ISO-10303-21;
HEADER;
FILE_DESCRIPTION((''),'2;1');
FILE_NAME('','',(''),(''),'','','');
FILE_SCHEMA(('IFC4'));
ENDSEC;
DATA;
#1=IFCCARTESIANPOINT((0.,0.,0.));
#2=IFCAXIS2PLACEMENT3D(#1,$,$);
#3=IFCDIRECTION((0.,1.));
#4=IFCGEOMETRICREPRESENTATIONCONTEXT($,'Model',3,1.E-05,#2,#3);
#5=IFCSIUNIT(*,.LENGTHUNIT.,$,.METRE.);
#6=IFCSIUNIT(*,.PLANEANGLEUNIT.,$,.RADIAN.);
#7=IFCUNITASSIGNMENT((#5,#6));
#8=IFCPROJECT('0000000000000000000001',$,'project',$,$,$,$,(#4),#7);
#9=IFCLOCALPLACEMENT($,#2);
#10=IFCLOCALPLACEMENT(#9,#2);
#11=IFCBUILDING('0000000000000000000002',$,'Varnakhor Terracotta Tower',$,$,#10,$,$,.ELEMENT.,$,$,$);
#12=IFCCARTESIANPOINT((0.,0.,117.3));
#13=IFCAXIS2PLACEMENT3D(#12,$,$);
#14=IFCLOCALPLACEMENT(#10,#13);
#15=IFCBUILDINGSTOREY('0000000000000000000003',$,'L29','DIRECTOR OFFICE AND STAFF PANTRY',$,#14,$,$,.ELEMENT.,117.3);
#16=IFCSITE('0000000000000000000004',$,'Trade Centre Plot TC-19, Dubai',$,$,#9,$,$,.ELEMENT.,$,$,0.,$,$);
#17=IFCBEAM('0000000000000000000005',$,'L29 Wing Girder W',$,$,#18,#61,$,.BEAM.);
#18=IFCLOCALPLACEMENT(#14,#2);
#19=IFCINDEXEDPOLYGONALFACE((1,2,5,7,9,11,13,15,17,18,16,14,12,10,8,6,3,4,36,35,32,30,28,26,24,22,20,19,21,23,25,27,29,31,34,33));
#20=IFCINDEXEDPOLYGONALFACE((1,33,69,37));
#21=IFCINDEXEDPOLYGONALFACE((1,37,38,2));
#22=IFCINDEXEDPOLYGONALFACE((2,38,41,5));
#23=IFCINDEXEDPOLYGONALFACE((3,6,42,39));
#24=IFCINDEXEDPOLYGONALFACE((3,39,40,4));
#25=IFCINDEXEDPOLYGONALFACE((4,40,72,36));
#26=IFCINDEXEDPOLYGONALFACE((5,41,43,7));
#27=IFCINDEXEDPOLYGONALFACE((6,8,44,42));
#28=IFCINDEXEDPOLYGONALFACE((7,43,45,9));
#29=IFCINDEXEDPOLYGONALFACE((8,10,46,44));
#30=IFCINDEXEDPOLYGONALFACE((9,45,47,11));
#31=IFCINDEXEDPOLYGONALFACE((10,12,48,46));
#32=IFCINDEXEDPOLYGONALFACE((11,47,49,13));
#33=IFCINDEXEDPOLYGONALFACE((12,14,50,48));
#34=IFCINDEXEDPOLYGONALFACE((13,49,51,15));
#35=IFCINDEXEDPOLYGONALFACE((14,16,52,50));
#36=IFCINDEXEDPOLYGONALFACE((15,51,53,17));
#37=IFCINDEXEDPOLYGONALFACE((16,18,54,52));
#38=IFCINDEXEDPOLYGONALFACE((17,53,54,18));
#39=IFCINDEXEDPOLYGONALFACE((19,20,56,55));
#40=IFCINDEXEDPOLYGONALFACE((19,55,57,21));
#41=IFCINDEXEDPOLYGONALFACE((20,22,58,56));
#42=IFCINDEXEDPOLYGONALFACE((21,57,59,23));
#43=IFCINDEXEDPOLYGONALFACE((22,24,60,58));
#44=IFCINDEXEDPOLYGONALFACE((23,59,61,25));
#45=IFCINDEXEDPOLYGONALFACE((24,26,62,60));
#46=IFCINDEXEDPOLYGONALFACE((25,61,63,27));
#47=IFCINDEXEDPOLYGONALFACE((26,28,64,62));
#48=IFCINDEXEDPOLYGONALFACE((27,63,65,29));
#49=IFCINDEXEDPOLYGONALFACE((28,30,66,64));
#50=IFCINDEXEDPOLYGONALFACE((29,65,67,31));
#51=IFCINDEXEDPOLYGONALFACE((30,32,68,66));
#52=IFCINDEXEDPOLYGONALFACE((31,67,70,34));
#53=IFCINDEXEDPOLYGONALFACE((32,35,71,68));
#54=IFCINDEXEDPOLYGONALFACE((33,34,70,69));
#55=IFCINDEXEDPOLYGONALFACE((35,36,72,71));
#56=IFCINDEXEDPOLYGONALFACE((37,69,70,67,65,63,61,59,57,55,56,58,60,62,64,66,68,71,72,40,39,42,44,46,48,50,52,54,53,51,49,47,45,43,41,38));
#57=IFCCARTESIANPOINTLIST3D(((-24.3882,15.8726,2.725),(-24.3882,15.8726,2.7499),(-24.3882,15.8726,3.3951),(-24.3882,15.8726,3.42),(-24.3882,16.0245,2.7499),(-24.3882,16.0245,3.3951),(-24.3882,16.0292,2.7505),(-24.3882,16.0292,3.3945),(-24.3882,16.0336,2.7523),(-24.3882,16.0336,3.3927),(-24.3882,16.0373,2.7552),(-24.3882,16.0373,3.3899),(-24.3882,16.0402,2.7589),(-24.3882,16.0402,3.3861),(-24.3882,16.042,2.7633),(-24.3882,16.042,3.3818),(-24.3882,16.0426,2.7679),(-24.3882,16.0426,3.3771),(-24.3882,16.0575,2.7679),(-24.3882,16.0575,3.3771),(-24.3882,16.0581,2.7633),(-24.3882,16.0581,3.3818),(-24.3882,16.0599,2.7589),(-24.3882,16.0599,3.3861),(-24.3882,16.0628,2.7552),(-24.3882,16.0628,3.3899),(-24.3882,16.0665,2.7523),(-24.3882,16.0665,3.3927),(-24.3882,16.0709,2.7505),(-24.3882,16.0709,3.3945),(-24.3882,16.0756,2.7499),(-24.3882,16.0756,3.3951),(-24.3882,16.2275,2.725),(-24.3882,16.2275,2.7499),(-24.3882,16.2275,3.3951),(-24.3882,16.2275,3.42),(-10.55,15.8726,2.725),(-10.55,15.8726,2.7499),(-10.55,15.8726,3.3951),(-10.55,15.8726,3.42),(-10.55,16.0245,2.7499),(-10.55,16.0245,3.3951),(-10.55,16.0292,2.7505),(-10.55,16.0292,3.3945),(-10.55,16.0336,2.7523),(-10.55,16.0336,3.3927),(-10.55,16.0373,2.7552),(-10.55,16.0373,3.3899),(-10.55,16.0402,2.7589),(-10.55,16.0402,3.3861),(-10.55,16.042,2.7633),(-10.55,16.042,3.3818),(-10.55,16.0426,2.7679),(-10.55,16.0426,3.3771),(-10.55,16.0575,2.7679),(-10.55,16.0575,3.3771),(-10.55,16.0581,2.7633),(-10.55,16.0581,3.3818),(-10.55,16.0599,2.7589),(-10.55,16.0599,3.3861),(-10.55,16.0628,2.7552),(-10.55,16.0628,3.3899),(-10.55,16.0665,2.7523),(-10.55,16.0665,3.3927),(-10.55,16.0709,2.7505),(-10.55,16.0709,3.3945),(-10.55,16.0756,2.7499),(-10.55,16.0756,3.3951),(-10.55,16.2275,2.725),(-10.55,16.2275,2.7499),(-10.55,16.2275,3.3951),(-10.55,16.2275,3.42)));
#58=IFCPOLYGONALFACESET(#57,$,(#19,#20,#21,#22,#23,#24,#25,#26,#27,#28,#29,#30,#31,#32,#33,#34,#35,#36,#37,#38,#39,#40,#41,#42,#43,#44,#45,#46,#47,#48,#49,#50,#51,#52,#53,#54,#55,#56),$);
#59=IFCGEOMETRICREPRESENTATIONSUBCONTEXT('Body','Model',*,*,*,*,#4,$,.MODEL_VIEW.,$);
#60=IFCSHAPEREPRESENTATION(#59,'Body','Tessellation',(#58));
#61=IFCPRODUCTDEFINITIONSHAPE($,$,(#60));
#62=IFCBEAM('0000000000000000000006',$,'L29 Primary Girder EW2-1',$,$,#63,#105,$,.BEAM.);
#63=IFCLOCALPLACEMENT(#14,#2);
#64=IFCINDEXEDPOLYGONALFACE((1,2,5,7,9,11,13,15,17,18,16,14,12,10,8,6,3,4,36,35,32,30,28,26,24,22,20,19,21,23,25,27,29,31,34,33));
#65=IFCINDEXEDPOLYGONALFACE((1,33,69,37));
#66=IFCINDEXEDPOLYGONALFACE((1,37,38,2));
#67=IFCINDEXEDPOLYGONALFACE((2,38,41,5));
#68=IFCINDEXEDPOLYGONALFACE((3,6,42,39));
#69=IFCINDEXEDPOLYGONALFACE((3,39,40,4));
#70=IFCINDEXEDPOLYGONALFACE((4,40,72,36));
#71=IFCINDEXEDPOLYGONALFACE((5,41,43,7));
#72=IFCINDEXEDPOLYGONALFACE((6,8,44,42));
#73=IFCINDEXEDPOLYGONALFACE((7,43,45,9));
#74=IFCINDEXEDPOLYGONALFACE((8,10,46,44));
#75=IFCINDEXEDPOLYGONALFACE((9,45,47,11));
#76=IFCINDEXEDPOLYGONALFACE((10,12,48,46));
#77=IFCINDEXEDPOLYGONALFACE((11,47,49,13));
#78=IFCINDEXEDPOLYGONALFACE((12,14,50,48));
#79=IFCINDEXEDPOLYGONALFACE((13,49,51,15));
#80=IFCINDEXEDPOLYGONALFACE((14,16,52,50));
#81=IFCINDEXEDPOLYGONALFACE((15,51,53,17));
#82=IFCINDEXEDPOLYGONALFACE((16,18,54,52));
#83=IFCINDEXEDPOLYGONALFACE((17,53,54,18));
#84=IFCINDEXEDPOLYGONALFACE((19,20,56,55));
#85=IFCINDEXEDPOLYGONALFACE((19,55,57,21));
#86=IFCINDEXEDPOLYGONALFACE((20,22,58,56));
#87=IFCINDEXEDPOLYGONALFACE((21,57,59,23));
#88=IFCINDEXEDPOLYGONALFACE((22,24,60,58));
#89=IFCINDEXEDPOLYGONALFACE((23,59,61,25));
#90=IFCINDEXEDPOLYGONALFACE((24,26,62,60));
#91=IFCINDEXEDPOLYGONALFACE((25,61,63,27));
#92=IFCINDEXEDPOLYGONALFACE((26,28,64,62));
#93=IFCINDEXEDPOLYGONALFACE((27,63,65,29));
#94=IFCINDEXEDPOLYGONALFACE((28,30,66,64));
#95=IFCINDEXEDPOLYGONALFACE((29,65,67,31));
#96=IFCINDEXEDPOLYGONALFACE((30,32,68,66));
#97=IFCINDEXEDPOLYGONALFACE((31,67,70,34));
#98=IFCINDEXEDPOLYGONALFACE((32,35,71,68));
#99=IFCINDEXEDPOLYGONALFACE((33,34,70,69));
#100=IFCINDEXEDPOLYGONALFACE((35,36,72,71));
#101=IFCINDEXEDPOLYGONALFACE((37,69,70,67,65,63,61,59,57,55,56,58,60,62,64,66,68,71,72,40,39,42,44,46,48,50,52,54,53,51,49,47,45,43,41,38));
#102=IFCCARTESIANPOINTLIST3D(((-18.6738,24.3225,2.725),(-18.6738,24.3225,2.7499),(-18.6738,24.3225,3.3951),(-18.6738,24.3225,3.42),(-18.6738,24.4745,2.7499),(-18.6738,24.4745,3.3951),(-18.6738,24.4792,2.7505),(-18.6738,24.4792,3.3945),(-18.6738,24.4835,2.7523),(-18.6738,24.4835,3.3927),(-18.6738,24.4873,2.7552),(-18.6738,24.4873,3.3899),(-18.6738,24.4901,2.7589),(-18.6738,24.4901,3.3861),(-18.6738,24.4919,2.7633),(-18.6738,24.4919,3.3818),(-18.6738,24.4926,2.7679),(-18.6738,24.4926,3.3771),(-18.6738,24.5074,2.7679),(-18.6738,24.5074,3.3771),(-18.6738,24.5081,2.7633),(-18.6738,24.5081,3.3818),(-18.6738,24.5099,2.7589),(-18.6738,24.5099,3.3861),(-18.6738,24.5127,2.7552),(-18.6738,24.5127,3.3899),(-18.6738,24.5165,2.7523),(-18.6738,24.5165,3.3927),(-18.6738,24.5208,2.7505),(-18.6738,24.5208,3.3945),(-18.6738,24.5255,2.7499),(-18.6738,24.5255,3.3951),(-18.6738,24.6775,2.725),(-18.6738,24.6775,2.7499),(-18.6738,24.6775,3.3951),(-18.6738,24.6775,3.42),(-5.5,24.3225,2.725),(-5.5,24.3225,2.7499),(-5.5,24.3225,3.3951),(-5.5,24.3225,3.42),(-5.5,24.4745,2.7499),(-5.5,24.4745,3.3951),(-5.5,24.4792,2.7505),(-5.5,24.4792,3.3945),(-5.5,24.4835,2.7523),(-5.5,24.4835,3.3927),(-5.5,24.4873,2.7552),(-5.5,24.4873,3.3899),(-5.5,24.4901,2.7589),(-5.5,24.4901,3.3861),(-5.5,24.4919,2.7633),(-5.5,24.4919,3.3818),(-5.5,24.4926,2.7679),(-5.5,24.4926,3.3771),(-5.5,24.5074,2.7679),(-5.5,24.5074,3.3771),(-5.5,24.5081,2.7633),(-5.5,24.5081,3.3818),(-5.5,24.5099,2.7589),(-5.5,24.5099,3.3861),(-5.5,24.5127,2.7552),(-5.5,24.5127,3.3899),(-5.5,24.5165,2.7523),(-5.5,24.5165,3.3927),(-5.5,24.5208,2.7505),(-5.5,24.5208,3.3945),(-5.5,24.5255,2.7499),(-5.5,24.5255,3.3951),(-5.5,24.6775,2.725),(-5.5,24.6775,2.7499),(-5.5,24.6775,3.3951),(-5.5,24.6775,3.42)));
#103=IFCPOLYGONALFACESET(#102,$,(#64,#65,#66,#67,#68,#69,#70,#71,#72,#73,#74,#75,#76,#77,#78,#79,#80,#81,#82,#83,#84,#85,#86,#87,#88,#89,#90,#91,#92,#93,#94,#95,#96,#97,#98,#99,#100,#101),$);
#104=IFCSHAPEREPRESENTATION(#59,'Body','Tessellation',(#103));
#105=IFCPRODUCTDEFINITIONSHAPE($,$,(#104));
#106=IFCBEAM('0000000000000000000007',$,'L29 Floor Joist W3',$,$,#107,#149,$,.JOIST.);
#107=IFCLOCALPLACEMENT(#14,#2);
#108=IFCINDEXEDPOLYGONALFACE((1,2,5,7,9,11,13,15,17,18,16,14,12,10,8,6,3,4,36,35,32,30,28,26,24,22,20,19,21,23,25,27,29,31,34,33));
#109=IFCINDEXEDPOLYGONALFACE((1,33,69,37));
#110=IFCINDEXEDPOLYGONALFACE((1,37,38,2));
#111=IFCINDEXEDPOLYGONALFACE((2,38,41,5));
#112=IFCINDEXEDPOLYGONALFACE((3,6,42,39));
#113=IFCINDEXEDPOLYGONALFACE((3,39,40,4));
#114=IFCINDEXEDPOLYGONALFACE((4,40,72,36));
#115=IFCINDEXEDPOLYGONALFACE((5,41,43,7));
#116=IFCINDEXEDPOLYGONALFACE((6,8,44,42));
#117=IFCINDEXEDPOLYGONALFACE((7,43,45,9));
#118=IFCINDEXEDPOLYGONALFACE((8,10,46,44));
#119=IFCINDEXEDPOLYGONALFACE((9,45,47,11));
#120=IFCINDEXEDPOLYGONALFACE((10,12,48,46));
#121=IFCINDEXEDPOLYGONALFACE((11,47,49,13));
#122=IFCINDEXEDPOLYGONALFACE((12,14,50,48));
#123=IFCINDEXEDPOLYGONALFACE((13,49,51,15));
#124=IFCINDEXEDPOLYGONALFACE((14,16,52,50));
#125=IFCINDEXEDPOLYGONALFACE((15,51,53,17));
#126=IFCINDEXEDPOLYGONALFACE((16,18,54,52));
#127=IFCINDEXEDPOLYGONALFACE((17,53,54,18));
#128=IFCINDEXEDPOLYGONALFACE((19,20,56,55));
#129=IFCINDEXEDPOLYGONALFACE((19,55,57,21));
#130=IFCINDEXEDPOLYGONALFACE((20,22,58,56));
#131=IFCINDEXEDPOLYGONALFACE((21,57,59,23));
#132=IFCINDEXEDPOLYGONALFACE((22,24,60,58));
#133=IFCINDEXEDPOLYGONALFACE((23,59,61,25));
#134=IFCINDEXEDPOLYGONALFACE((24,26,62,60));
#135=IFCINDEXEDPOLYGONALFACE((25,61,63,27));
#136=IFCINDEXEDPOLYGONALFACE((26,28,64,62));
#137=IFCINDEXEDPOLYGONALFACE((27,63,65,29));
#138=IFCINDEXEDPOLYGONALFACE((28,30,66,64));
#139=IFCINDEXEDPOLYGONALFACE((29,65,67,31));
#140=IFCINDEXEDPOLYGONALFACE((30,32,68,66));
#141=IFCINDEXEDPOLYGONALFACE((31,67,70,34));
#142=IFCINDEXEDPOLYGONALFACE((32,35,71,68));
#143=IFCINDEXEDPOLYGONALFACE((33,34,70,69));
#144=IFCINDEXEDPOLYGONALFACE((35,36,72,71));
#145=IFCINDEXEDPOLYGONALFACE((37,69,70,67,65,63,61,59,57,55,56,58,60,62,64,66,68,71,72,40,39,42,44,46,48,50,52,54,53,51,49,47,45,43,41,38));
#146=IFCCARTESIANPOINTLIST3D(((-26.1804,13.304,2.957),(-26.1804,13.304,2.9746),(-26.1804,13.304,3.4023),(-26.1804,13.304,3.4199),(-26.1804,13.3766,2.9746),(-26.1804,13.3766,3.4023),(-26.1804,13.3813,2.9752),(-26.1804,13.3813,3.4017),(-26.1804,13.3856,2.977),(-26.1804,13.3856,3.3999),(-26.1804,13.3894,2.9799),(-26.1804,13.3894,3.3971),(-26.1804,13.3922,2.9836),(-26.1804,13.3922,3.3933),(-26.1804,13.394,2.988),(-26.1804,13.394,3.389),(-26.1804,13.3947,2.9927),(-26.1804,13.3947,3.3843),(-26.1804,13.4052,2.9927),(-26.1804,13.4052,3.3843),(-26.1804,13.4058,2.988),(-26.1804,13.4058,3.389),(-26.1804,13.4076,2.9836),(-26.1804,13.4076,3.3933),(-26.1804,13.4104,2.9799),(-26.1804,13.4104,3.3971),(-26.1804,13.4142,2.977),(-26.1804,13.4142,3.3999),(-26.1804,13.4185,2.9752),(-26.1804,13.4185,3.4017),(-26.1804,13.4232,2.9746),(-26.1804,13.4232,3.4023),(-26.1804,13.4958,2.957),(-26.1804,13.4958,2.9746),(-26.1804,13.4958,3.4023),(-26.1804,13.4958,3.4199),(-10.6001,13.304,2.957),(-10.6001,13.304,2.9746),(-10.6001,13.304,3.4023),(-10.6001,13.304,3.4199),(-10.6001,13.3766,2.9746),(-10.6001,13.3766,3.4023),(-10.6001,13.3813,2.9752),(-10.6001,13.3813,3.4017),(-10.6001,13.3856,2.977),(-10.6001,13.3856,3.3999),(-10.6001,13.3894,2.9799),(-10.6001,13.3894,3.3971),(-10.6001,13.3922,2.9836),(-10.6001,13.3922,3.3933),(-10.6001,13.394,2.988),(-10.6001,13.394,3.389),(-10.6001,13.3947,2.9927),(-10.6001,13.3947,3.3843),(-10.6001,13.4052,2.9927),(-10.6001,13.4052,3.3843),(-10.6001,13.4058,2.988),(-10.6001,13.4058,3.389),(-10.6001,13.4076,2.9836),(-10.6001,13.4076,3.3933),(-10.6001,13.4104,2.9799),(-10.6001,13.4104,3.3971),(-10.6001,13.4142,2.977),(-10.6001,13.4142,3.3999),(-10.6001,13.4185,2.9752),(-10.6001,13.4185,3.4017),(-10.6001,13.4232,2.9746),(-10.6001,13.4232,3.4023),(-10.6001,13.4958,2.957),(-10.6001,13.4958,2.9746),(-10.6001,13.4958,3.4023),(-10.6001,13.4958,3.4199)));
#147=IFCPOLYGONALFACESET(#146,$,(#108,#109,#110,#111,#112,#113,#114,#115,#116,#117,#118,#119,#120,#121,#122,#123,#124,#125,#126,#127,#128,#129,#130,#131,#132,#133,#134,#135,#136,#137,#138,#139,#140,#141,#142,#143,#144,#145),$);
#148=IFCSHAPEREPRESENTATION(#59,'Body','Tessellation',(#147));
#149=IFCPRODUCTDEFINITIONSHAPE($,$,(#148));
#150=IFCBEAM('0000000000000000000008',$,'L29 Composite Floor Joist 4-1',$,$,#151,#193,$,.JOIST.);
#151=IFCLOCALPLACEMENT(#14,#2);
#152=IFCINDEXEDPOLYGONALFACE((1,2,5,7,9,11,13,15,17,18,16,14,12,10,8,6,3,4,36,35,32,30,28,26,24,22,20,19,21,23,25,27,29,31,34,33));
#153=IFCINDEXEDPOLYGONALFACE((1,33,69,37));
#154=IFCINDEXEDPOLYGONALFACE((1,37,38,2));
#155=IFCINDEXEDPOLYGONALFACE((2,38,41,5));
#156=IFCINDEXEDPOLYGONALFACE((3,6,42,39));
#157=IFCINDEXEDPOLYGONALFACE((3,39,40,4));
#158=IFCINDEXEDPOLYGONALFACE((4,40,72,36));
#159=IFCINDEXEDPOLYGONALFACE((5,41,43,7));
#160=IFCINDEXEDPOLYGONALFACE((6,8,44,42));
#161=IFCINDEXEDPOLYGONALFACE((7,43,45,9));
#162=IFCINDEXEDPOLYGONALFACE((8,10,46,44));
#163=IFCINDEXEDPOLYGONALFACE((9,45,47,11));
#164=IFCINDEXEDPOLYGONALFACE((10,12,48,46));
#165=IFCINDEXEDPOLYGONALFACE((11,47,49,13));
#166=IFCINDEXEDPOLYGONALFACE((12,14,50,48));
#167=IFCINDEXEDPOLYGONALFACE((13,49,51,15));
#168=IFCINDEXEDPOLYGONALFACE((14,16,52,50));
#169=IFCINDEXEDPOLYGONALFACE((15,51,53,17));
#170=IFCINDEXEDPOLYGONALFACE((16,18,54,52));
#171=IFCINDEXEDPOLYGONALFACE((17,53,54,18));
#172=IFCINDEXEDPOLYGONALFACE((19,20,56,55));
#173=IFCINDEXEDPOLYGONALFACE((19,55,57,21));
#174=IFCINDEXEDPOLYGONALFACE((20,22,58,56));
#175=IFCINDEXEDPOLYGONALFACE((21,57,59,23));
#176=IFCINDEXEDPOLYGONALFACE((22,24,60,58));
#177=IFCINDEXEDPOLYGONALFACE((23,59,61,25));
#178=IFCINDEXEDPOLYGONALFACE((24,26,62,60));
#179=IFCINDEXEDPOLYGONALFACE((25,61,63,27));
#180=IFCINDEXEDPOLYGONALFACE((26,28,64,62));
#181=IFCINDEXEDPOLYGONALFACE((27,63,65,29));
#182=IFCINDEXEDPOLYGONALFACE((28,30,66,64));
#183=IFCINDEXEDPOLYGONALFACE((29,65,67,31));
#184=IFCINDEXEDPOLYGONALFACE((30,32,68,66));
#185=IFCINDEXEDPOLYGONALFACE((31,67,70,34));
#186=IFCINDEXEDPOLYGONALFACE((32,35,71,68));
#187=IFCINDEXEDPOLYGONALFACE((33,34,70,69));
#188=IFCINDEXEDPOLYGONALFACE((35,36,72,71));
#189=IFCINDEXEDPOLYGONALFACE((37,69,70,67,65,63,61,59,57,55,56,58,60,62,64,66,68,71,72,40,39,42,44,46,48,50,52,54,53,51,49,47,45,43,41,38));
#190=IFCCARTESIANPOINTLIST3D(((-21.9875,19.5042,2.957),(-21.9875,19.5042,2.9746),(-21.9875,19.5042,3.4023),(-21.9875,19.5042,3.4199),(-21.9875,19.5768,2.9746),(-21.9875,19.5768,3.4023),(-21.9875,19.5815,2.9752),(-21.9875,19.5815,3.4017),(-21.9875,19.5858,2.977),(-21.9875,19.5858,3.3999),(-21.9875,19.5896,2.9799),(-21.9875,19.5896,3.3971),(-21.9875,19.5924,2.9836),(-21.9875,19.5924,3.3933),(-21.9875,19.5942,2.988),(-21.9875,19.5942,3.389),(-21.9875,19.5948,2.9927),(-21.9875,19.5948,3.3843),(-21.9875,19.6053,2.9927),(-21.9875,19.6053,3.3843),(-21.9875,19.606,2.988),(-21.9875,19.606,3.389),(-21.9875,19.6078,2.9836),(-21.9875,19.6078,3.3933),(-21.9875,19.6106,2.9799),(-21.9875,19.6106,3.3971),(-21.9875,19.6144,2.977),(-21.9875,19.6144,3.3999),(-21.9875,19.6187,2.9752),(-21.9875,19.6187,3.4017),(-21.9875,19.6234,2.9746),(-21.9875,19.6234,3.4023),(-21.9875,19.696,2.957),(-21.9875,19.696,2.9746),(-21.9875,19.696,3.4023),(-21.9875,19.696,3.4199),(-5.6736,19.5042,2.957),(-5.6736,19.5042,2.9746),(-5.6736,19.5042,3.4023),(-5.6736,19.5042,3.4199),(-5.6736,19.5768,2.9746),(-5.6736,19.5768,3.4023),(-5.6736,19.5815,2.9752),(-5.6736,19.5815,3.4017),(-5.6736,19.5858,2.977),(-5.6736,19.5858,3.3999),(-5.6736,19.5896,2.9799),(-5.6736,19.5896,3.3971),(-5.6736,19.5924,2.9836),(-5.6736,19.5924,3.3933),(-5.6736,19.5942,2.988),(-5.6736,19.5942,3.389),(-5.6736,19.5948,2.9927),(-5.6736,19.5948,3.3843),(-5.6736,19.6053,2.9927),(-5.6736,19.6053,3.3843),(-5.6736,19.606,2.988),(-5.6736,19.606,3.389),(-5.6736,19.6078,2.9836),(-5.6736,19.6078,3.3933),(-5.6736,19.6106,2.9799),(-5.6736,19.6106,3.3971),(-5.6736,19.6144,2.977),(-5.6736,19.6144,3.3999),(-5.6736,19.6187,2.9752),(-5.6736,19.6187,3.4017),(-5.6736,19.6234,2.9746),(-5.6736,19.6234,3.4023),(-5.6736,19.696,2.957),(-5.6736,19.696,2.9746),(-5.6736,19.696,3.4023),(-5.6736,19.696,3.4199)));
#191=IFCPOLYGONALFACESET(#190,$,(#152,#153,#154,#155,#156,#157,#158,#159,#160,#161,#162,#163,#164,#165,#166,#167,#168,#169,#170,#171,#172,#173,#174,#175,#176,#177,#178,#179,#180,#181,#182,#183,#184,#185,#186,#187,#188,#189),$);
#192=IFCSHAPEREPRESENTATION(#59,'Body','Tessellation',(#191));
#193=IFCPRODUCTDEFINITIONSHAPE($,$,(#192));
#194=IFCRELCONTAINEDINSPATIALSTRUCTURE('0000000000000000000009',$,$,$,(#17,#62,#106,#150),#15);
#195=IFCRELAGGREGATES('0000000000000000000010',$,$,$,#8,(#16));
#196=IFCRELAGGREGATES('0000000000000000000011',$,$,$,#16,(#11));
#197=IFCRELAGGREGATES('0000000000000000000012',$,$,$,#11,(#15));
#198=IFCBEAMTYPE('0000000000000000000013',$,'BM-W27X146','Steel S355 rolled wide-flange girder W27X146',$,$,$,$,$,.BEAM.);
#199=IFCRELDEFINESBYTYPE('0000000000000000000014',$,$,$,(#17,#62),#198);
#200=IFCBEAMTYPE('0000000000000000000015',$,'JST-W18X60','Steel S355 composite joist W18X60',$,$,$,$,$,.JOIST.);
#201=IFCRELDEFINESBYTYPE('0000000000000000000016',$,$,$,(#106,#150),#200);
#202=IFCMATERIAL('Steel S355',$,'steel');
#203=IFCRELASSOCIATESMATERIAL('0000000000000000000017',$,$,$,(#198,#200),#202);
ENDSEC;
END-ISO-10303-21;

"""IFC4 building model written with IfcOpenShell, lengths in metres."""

from ifc_helpers import new_model, si_unit, direction, frame, origin, origin_2d, place, context, subcontext, project, spatial, i_section, extrude, source, transform, mapped, material, material_profile, profile_set, type_object, element, save


model = new_model("IFC4")

# Units and contexts
model_context = context("Model", 3, precision=1e-05, world=origin(), true_north=direction((0.0, 1.0)))
body_context = subcontext(model_context, "Body", "Model", "MODEL_VIEW")
ifc_project = project(units=[si_unit("LENGTHUNIT", "METRE"), si_unit("PLANEANGLEUNIT", "RADIAN")], contexts=[model_context])

# Site, building, storey
site_placement = place(None, origin())
site = spatial("IfcSite", under=ifc_project, at=site_placement, Name="Trade Centre Plot TC-19, Dubai", CompositionType="ELEMENT", RefElevation=0.0)
building_placement = place(site_placement, origin())
building = spatial("IfcBuilding", under=site, at=building_placement, Name="Varnakhor Terracotta Tower", CompositionType="ELEMENT")
storey_placement = place(building_placement, frame((0.0, 0.0, 117.3)))
storey = spatial("IfcBuildingStorey", under=building, at=storey_placement, Name="L29", Description="DIRECTOR OFFICE AND STAFF PANTRY", CompositionType="ELEMENT", Elevation=117.3)

# Beams
ifc_material_1 = material(Name="Steel S355", Category="steel")
ifc_material_profile_1 = material_profile(ifc_material_1, i_section(OverallWidth=0.355, OverallDepth=0.6951, WebThickness=0.0149, FlangeThickness=0.0249, FilletRadius=0.0181, at=origin_2d()), Name="W27X146")
ifc_profile_set_1 = profile_set([ifc_material_profile_1], Name="Steel S355")
beam_type_1 = type_object("IfcBeamType", Name="BM-W27X146", Description="Steel S355 rolled wide-flange girder W27X146", PredefinedType="BEAM", material=ifc_profile_set_1)
shared_shape_1 = source(origin(), body_context, "Body", "SweptSolid", [
    extrude(i_section(OverallWidth=0.355, OverallDepth=0.6951, WebThickness=0.0149, FlangeThickness=0.0249, FilletRadius=0.0181, at=origin_2d()), origin(), (0.0, 0.0, 1.0), 13.8381),
])
beam_1_placement = place(storey_placement, frame((-24.3882, 16.05, 3.0725), z_axis=(1.0, 0.0, 0.0), x_axis=(0.0, 1.0, 0.0)))
element("IfcBeam", 1, at=beam_1_placement, inside=storey, type_object=beam_type_1, Name="L29 Wing Girder W", PredefinedType="BEAM", context=body_context, shape_type="MappedRepresentation", body=[
    mapped(shared_shape_1, transform((0.0, 0.0, 0.0), scale=1.0)),
])
shared_shape_2 = source(origin(), body_context, "Body", "SweptSolid", [
    extrude(i_section(OverallWidth=0.355, OverallDepth=0.6951, WebThickness=0.0149, FlangeThickness=0.0249, FilletRadius=0.0181, at=origin_2d()), origin(), (0.0, 0.0, 1.0), 13.1738),
])
beam_2_placement = place(storey_placement, frame((-18.6738, 24.5, 3.0725), z_axis=(1.0, 0.0, 0.0), x_axis=(0.0, 1.0, 0.0)))
element("IfcBeam", 2, at=beam_2_placement, inside=storey, type_object=beam_type_1, Name="L29 Primary Girder EW2-1", PredefinedType="BEAM", context=body_context, shape_type="MappedRepresentation", body=[
    mapped(shared_shape_2, transform((0.0, 0.0, 0.0), scale=1.0)),
])
ifc_material_profile_2 = material_profile(ifc_material_1, i_section(OverallWidth=0.1919, OverallDepth=0.4629, WebThickness=0.0105, FlangeThickness=0.0176, FilletRadius=0.0181, at=origin_2d()), Name="W18X60")
ifc_profile_set_2 = profile_set([ifc_material_profile_2], Name="Steel S355")
beam_type_2 = type_object("IfcBeamType", Name="JST-W18X60", Description="Steel S355 composite joist W18X60", PredefinedType="JOIST", material=ifc_profile_set_2)
shared_shape_3 = source(origin(), body_context, "Body", "SweptSolid", [
    extrude(i_section(OverallWidth=0.1919, OverallDepth=0.4629, WebThickness=0.0105, FlangeThickness=0.0176, FilletRadius=0.0181, at=origin_2d()), origin(), (0.0, 0.0, 1.0), 15.5803),
])
beam_3_placement = place(storey_placement, frame((-26.1804, 13.3999, 3.1885), z_axis=(1.0, 0.0, 0.0), x_axis=(0.0, 1.0, 0.0)))
element("IfcBeam", 3, at=beam_3_placement, inside=storey, type_object=beam_type_2, Name="L29 Floor Joist W3", PredefinedType="JOIST", context=body_context, shape_type="MappedRepresentation", body=[
    mapped(shared_shape_3, transform((0.0, 0.0, 0.0), scale=1.0)),
])
shared_shape_4 = source(origin(), body_context, "Body", "SweptSolid", [
    extrude(i_section(OverallWidth=0.1919, OverallDepth=0.4629, WebThickness=0.0105, FlangeThickness=0.0176, FilletRadius=0.0181, at=origin_2d()), origin(), (0.0, 0.0, 1.0), 16.314),
])
beam_4_placement = place(storey_placement, frame((-21.9875, 19.6001, 3.1885), z_axis=(1.0, 0.0, 0.0), x_axis=(0.0, 1.0, 0.0)))
element("IfcBeam", 4, at=beam_4_placement, inside=storey, type_object=beam_type_2, Name="L29 Composite Floor Joist 4-1", PredefinedType="JOIST", context=body_context, shape_type="MappedRepresentation", body=[
    mapped(shared_shape_4, transform((0.0, 0.0, 0.0), scale=1.0)),
])

save(model, "model.ifc")
